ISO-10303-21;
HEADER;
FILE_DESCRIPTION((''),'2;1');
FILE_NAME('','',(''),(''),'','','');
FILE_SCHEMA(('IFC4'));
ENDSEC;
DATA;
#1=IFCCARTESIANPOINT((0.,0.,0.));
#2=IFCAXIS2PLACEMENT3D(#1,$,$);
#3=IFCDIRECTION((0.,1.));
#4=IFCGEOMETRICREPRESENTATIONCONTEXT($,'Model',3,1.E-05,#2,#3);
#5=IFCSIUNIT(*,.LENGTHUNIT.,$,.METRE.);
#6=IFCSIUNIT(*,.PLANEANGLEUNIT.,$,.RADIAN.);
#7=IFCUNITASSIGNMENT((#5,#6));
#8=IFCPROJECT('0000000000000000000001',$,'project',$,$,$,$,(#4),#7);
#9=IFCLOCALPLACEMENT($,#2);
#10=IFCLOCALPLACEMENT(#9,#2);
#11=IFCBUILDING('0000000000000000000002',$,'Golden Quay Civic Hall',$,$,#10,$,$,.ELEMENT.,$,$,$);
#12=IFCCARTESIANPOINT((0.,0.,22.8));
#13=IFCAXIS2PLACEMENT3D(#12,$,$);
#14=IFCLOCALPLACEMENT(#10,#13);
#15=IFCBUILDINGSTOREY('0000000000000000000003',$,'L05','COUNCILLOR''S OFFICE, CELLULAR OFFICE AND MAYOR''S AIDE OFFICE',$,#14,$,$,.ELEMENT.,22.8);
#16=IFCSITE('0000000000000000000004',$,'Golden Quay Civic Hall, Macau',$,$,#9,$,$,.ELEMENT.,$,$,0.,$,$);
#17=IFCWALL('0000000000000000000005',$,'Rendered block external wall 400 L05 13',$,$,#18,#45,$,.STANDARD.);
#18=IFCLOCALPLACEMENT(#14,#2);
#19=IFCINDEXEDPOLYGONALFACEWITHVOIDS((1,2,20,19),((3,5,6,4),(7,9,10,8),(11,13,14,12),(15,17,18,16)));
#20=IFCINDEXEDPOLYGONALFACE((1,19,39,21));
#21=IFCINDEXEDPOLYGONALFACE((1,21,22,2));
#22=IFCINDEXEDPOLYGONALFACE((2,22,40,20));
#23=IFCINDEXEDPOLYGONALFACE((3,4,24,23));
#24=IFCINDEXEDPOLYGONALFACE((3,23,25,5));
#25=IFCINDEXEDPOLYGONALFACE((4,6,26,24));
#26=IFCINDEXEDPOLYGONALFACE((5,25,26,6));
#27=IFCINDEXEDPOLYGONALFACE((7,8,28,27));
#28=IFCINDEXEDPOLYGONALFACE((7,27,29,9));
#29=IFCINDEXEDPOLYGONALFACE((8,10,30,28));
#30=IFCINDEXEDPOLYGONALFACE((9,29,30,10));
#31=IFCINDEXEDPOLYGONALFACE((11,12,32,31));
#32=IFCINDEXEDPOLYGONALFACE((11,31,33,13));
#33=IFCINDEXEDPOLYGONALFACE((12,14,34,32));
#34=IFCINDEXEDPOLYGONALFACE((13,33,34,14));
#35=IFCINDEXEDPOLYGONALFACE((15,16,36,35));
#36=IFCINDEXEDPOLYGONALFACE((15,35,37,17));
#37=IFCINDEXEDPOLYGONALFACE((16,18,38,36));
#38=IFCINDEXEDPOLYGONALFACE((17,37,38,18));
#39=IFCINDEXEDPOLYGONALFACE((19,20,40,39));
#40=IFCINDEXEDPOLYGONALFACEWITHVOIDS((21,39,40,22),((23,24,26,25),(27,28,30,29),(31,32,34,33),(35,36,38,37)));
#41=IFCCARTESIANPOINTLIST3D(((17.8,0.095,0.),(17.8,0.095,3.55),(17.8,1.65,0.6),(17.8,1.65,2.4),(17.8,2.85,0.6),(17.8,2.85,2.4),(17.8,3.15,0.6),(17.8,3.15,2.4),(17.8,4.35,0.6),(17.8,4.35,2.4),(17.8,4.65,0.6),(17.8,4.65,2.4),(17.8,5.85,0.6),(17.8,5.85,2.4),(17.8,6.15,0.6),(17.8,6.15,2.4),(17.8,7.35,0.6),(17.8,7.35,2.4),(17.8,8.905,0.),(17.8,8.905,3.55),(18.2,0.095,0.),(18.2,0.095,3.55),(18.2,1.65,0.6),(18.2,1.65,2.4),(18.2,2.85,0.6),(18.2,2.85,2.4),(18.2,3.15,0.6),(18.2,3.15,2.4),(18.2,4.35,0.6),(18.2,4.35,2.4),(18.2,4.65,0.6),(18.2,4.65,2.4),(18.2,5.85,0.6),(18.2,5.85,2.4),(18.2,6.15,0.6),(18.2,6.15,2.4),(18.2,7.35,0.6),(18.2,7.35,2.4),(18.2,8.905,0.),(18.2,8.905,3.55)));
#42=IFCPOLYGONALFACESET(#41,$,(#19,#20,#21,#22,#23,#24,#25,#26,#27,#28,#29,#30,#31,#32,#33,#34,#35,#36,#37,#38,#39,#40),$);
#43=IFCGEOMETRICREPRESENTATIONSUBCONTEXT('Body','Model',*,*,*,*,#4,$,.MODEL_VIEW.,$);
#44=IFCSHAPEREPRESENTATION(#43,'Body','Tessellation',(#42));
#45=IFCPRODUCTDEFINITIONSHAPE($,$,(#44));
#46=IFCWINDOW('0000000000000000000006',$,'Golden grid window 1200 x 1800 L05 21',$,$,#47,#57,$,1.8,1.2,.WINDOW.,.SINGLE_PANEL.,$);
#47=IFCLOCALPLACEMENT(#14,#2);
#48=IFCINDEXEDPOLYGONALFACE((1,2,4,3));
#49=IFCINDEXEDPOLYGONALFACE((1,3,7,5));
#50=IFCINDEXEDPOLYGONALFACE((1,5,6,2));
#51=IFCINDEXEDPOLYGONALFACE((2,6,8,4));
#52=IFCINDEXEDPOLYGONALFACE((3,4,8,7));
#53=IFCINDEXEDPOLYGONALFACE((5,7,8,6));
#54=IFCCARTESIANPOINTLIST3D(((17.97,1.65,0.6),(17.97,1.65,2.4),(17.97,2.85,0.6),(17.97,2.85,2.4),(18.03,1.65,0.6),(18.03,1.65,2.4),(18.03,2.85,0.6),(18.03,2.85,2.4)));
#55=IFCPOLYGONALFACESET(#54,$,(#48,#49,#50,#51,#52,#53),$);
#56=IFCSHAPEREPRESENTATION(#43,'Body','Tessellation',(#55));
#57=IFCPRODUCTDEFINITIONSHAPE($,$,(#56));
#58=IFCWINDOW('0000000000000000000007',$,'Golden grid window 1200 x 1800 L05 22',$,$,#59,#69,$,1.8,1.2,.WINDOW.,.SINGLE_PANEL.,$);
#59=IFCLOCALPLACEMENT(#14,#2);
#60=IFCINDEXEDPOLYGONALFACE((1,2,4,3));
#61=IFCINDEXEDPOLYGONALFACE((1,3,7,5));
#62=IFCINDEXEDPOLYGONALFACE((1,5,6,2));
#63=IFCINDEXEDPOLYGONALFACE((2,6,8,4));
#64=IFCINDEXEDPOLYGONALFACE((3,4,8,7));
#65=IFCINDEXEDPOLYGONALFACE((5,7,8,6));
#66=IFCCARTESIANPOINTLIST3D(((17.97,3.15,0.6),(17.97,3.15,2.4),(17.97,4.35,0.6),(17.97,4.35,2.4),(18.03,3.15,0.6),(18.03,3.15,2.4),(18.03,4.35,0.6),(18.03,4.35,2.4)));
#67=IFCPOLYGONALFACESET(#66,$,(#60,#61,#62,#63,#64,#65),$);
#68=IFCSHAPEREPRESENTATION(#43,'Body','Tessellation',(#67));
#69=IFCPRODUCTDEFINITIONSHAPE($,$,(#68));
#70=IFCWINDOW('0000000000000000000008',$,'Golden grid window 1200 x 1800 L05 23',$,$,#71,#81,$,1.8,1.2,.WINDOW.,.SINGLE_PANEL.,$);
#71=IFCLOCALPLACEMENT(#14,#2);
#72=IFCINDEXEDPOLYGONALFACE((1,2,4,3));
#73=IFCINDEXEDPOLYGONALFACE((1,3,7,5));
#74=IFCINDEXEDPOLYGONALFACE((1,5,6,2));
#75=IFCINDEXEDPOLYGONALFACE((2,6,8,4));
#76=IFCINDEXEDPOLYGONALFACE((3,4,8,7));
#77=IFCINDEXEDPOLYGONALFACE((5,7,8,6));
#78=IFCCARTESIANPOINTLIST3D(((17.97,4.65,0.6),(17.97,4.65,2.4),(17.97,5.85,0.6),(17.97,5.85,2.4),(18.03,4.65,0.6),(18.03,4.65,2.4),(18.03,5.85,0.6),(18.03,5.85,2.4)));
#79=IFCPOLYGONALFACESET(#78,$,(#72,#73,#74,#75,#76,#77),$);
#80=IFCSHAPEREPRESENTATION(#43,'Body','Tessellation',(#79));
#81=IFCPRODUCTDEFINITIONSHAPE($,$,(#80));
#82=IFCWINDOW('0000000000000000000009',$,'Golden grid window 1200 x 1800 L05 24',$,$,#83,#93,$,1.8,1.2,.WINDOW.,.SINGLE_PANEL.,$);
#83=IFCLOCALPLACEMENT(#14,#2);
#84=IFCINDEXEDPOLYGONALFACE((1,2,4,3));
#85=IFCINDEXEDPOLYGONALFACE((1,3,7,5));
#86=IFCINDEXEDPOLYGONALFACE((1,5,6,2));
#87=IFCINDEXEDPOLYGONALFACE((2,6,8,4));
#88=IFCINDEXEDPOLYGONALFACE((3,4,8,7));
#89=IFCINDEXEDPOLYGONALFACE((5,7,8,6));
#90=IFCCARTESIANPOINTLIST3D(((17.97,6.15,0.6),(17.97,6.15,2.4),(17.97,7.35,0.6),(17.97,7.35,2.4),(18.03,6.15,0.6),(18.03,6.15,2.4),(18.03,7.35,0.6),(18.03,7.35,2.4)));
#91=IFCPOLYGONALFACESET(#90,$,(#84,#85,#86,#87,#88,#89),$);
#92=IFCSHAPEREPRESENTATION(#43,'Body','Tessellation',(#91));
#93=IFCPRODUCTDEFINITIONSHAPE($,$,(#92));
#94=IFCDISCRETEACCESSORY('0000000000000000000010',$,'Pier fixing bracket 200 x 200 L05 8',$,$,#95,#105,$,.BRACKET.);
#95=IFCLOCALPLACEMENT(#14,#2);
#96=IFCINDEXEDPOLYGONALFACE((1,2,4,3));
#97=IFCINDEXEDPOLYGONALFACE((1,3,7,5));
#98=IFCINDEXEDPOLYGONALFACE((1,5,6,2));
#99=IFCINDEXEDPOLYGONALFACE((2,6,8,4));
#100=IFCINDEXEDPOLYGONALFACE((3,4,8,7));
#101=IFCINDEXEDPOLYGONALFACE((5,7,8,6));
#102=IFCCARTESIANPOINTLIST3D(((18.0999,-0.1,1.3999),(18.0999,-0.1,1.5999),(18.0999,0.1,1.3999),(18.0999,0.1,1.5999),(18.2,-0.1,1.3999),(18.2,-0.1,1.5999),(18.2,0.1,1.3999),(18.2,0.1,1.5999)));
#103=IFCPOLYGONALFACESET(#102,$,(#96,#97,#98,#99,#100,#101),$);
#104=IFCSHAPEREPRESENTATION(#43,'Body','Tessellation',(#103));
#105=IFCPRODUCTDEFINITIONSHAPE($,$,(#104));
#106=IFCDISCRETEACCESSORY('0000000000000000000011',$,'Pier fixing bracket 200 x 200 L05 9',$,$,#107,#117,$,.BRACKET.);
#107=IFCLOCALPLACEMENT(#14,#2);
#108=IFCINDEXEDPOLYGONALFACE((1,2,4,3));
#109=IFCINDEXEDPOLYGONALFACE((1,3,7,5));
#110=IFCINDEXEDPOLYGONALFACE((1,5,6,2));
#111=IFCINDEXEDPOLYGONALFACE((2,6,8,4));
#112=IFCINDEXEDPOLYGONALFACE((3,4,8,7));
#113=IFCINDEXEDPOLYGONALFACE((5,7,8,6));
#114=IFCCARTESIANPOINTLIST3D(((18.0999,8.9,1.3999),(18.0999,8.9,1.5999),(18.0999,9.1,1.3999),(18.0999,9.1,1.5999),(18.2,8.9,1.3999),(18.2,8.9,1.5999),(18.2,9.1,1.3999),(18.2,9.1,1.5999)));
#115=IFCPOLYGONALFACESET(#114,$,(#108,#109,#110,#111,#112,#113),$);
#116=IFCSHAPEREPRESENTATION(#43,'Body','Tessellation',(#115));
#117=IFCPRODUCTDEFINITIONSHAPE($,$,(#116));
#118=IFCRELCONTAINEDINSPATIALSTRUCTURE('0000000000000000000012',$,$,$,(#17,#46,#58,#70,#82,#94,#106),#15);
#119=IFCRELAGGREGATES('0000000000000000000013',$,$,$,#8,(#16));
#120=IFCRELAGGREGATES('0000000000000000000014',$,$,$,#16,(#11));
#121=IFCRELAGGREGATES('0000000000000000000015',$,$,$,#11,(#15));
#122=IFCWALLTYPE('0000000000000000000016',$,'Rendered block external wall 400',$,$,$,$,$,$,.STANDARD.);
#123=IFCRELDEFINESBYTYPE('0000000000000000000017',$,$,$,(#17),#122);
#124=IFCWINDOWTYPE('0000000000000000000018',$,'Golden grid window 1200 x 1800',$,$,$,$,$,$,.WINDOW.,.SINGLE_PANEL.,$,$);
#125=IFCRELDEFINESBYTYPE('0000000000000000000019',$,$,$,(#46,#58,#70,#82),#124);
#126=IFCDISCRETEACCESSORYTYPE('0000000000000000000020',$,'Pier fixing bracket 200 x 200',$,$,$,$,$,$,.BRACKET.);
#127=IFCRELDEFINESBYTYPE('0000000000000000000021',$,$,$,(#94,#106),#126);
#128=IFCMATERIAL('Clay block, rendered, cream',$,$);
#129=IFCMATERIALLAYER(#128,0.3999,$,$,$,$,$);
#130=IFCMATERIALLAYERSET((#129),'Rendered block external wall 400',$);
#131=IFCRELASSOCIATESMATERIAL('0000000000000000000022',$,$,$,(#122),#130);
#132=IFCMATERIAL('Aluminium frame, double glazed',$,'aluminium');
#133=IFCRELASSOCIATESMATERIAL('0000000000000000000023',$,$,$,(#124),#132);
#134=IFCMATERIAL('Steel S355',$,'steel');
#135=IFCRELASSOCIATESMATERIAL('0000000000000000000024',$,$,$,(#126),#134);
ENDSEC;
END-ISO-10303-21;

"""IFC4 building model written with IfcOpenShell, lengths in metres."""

from ifc_helpers import new_model, si_unit, direction, frame, frame_2d, origin, origin_2d, place, context, subcontext, project, spatial, rectangle, extrude, material, layer, layer_set, type_object, element, fill, save


model = new_model("IFC4")

# Units and contexts
model_context = context("Model", 3, precision=1e-05, world=origin(), true_north=direction((0.0, 1.0)))
body_context = subcontext(model_context, "Body", "Model", "MODEL_VIEW")
ifc_project = project(units=[si_unit("LENGTHUNIT", "METRE"), si_unit("PLANEANGLEUNIT", "RADIAN")], contexts=[model_context])

# Site, building, storey
site_placement = place(None, origin())
site = spatial("IfcSite", under=ifc_project, at=site_placement, Name="Golden Quay Civic Hall, Macau", CompositionType="ELEMENT", RefElevation=0.0)
building_placement = place(site_placement, origin())
building = spatial("IfcBuilding", under=site, at=building_placement, Name="Golden Quay Civic Hall", CompositionType="ELEMENT")
storey_placement = place(building_placement, frame((0.0, 0.0, 22.8)))
storey = spatial("IfcBuildingStorey", under=building, at=storey_placement, Name="L05", Description="COUNCILLOR'S OFFICE, CELLULAR OFFICE AND MAYOR'S AIDE OFFICE", CompositionType="ELEMENT", Elevation=22.8)

# Wall, openings, windows
ifc_material_1 = material(Name="Clay block, rendered, cream")
ifc_layer = layer(ifc_material_1, 0.3999)
ifc_layer_set = layer_set([ifc_layer], Name="Rendered block external wall 400")
wall_type = type_object("IfcWallType", Name="Rendered block external wall 400", PredefinedType="STANDARD", material=ifc_layer_set)
wall_placement = place(storey_placement, frame((18.0, 8.905, 0.0), z_axis=(0.0, 0.0, 1.0), x_axis=(0.0, -1.0, 0.0)))
wall = element("IfcWall", 1, at=wall_placement, inside=storey, type_object=wall_type, Name="Rendered block external wall 400 L05 13", PredefinedType="STANDARD", context=body_context, shape_type="SweptSolid", body=[
    extrude(rectangle(XDim=8.8101, YDim=0.3999, at=frame_2d((4.405, 0.0))), origin(), (0.0, 0.0, 1.0), 3.55),
])
opening_1_placement = place(wall_placement, frame((6.0549, 0.0, 0.6001)))
opening_1 = element("IfcOpeningElement", 2, at=opening_1_placement, cuts=wall, PredefinedType="OPENING", context=body_context, shape_type="SweptSolid", body=[
    extrude(rectangle(XDim=1.2, YDim=1.8, at=frame_2d((0.6001, 0.8999))), frame((0.0, 0.21, 0.0), z_axis=(0.0, -1.0, 0.0), x_axis=(1.0, 0.0, 0.0)), (0.0, 0.0, 1.0), 0.4199),
])
opening_2_placement = place(wall_placement, frame((4.5549, 0.0, 0.6001)))
opening_2 = element("IfcOpeningElement", 3, at=opening_2_placement, cuts=wall, PredefinedType="OPENING", context=body_context, shape_type="SweptSolid", body=[
    extrude(rectangle(XDim=1.2, YDim=1.8, at=frame_2d((0.6001, 0.8999))), frame((0.0, 0.21, 0.0), z_axis=(0.0, -1.0, 0.0), x_axis=(1.0, 0.0, 0.0)), (0.0, 0.0, 1.0), 0.4199),
])
opening_3_placement = place(wall_placement, frame((3.0549, 0.0, 0.6001)))
opening_3 = element("IfcOpeningElement", 4, at=opening_3_placement, cuts=wall, PredefinedType="OPENING", context=body_context, shape_type="SweptSolid", body=[
    extrude(rectangle(XDim=1.2, YDim=1.8, at=frame_2d((0.6001, 0.8999))), frame((0.0, 0.21, 0.0), z_axis=(0.0, -1.0, 0.0), x_axis=(1.0, 0.0, 0.0)), (0.0, 0.0, 1.0), 0.4199),
])
opening_4_placement = place(wall_placement, frame((1.5549, 0.0, 0.6001)))
opening_4 = element("IfcOpeningElement", 5, at=opening_4_placement, cuts=wall, PredefinedType="OPENING", context=body_context, shape_type="SweptSolid", body=[
    extrude(rectangle(XDim=1.2, YDim=1.8, at=frame_2d((0.6001, 0.8999))), frame((0.0, 0.21, 0.0), z_axis=(0.0, -1.0, 0.0), x_axis=(1.0, 0.0, 0.0)), (0.0, 0.0, 1.0), 0.4199),
])
ifc_material_2 = material(Name="Aluminium frame, double glazed", Category="aluminium")
window_type = type_object("IfcWindowType", Name="Golden grid window 1200 x 1800", PartitioningType="SINGLE_PANEL", PredefinedType="WINDOW", material=ifc_material_2)
window_1_placement = place(opening_1_placement, origin())
window_1 = element("IfcWindow", 6, at=window_1_placement, inside=storey, type_object=window_type, Name="Golden grid window 1200 x 1800 L05 21", OverallHeight=1.8, OverallWidth=1.2, PartitioningType="SINGLE_PANEL", PredefinedType="WINDOW", context=body_context, shape_type="SweptSolid", body=[
    extrude(rectangle(XDim=1.2, YDim=1.8, at=frame_2d((0.6001, 0.8999))), frame((0.0, 0.03, 0.0), z_axis=(0.0, -1.0, 0.0), x_axis=(1.0, 0.0, 0.0)), (0.0, 0.0, 1.0), 0.0601),
])
fill(opening_1, window_1)
window_2_placement = place(opening_2_placement, origin())
window_2 = element("IfcWindow", 7, at=window_2_placement, inside=storey, type_object=window_type, Name="Golden grid window 1200 x 1800 L05 22", OverallHeight=1.8, OverallWidth=1.2, PartitioningType="SINGLE_PANEL", PredefinedType="WINDOW", context=body_context, shape_type="SweptSolid", body=[
    extrude(rectangle(XDim=1.2, YDim=1.8, at=frame_2d((0.6001, 0.8999))), frame((0.0, 0.03, 0.0), z_axis=(0.0, -1.0, 0.0), x_axis=(1.0, 0.0, 0.0)), (0.0, 0.0, 1.0), 0.0601),
])
fill(opening_2, window_2)
window_3_placement = place(opening_3_placement, origin())
window_3 = element("IfcWindow", 8, at=window_3_placement, inside=storey, type_object=window_type, Name="Golden grid window 1200 x 1800 L05 23", OverallHeight=1.8, OverallWidth=1.2, PartitioningType="SINGLE_PANEL", PredefinedType="WINDOW", context=body_context, shape_type="SweptSolid", body=[
    extrude(rectangle(XDim=1.2, YDim=1.8, at=frame_2d((0.6001, 0.8999))), frame((0.0, 0.03, 0.0), z_axis=(0.0, -1.0, 0.0), x_axis=(1.0, 0.0, 0.0)), (0.0, 0.0, 1.0), 0.0601),
])
fill(opening_3, window_3)
window_4_placement = place(opening_4_placement, origin())
window_4 = element("IfcWindow", 9, at=window_4_placement, inside=storey, type_object=window_type, Name="Golden grid window 1200 x 1800 L05 24", OverallHeight=1.8, OverallWidth=1.2, PartitioningType="SINGLE_PANEL", PredefinedType="WINDOW", context=body_context, shape_type="SweptSolid", body=[
    extrude(rectangle(XDim=1.2, YDim=1.8, at=frame_2d((0.6001, 0.8999))), frame((0.0, 0.03, 0.0), z_axis=(0.0, -1.0, 0.0), x_axis=(1.0, 0.0, 0.0)), (0.0, 0.0, 1.0), 0.0601),
])
fill(opening_4, window_4)

# Discrete accessories
ifc_material_3 = material(Name="Steel S355", Category="steel")
discrete_accessory_type = type_object("IfcDiscreteAccessoryType", Name="Pier fixing bracket 200 x 200", PredefinedType="BRACKET", material=ifc_material_3)
for number, where, z_axis, x_axis, name in (
    (10, (18.1499, 0.0, 1.3999), (0.0, 0.0, 1.0), (0.0, 1.0, 0.0), "Pier fixing bracket 200 x 200 L05 8"),
    (11, (18.1499, 9.0, 1.3999), (0.0, 0.0, 1.0), (0.0, 1.0, 0.0), "Pier fixing bracket 200 x 200 L05 9"),
):
    element("IfcDiscreteAccessory", number, at=place(storey_placement, frame(where, z_axis=z_axis, x_axis=x_axis)), inside=storey, type_object=discrete_accessory_type, Name=name, PredefinedType="BRACKET", context=body_context, shape_type="SweptSolid", body=[
        extrude(rectangle(XDim=0.2, YDim=0.1001, at=origin_2d()), origin(), (0.0, 0.0, 1.0), 0.2),
    ])

save(model, "model.ifc")
